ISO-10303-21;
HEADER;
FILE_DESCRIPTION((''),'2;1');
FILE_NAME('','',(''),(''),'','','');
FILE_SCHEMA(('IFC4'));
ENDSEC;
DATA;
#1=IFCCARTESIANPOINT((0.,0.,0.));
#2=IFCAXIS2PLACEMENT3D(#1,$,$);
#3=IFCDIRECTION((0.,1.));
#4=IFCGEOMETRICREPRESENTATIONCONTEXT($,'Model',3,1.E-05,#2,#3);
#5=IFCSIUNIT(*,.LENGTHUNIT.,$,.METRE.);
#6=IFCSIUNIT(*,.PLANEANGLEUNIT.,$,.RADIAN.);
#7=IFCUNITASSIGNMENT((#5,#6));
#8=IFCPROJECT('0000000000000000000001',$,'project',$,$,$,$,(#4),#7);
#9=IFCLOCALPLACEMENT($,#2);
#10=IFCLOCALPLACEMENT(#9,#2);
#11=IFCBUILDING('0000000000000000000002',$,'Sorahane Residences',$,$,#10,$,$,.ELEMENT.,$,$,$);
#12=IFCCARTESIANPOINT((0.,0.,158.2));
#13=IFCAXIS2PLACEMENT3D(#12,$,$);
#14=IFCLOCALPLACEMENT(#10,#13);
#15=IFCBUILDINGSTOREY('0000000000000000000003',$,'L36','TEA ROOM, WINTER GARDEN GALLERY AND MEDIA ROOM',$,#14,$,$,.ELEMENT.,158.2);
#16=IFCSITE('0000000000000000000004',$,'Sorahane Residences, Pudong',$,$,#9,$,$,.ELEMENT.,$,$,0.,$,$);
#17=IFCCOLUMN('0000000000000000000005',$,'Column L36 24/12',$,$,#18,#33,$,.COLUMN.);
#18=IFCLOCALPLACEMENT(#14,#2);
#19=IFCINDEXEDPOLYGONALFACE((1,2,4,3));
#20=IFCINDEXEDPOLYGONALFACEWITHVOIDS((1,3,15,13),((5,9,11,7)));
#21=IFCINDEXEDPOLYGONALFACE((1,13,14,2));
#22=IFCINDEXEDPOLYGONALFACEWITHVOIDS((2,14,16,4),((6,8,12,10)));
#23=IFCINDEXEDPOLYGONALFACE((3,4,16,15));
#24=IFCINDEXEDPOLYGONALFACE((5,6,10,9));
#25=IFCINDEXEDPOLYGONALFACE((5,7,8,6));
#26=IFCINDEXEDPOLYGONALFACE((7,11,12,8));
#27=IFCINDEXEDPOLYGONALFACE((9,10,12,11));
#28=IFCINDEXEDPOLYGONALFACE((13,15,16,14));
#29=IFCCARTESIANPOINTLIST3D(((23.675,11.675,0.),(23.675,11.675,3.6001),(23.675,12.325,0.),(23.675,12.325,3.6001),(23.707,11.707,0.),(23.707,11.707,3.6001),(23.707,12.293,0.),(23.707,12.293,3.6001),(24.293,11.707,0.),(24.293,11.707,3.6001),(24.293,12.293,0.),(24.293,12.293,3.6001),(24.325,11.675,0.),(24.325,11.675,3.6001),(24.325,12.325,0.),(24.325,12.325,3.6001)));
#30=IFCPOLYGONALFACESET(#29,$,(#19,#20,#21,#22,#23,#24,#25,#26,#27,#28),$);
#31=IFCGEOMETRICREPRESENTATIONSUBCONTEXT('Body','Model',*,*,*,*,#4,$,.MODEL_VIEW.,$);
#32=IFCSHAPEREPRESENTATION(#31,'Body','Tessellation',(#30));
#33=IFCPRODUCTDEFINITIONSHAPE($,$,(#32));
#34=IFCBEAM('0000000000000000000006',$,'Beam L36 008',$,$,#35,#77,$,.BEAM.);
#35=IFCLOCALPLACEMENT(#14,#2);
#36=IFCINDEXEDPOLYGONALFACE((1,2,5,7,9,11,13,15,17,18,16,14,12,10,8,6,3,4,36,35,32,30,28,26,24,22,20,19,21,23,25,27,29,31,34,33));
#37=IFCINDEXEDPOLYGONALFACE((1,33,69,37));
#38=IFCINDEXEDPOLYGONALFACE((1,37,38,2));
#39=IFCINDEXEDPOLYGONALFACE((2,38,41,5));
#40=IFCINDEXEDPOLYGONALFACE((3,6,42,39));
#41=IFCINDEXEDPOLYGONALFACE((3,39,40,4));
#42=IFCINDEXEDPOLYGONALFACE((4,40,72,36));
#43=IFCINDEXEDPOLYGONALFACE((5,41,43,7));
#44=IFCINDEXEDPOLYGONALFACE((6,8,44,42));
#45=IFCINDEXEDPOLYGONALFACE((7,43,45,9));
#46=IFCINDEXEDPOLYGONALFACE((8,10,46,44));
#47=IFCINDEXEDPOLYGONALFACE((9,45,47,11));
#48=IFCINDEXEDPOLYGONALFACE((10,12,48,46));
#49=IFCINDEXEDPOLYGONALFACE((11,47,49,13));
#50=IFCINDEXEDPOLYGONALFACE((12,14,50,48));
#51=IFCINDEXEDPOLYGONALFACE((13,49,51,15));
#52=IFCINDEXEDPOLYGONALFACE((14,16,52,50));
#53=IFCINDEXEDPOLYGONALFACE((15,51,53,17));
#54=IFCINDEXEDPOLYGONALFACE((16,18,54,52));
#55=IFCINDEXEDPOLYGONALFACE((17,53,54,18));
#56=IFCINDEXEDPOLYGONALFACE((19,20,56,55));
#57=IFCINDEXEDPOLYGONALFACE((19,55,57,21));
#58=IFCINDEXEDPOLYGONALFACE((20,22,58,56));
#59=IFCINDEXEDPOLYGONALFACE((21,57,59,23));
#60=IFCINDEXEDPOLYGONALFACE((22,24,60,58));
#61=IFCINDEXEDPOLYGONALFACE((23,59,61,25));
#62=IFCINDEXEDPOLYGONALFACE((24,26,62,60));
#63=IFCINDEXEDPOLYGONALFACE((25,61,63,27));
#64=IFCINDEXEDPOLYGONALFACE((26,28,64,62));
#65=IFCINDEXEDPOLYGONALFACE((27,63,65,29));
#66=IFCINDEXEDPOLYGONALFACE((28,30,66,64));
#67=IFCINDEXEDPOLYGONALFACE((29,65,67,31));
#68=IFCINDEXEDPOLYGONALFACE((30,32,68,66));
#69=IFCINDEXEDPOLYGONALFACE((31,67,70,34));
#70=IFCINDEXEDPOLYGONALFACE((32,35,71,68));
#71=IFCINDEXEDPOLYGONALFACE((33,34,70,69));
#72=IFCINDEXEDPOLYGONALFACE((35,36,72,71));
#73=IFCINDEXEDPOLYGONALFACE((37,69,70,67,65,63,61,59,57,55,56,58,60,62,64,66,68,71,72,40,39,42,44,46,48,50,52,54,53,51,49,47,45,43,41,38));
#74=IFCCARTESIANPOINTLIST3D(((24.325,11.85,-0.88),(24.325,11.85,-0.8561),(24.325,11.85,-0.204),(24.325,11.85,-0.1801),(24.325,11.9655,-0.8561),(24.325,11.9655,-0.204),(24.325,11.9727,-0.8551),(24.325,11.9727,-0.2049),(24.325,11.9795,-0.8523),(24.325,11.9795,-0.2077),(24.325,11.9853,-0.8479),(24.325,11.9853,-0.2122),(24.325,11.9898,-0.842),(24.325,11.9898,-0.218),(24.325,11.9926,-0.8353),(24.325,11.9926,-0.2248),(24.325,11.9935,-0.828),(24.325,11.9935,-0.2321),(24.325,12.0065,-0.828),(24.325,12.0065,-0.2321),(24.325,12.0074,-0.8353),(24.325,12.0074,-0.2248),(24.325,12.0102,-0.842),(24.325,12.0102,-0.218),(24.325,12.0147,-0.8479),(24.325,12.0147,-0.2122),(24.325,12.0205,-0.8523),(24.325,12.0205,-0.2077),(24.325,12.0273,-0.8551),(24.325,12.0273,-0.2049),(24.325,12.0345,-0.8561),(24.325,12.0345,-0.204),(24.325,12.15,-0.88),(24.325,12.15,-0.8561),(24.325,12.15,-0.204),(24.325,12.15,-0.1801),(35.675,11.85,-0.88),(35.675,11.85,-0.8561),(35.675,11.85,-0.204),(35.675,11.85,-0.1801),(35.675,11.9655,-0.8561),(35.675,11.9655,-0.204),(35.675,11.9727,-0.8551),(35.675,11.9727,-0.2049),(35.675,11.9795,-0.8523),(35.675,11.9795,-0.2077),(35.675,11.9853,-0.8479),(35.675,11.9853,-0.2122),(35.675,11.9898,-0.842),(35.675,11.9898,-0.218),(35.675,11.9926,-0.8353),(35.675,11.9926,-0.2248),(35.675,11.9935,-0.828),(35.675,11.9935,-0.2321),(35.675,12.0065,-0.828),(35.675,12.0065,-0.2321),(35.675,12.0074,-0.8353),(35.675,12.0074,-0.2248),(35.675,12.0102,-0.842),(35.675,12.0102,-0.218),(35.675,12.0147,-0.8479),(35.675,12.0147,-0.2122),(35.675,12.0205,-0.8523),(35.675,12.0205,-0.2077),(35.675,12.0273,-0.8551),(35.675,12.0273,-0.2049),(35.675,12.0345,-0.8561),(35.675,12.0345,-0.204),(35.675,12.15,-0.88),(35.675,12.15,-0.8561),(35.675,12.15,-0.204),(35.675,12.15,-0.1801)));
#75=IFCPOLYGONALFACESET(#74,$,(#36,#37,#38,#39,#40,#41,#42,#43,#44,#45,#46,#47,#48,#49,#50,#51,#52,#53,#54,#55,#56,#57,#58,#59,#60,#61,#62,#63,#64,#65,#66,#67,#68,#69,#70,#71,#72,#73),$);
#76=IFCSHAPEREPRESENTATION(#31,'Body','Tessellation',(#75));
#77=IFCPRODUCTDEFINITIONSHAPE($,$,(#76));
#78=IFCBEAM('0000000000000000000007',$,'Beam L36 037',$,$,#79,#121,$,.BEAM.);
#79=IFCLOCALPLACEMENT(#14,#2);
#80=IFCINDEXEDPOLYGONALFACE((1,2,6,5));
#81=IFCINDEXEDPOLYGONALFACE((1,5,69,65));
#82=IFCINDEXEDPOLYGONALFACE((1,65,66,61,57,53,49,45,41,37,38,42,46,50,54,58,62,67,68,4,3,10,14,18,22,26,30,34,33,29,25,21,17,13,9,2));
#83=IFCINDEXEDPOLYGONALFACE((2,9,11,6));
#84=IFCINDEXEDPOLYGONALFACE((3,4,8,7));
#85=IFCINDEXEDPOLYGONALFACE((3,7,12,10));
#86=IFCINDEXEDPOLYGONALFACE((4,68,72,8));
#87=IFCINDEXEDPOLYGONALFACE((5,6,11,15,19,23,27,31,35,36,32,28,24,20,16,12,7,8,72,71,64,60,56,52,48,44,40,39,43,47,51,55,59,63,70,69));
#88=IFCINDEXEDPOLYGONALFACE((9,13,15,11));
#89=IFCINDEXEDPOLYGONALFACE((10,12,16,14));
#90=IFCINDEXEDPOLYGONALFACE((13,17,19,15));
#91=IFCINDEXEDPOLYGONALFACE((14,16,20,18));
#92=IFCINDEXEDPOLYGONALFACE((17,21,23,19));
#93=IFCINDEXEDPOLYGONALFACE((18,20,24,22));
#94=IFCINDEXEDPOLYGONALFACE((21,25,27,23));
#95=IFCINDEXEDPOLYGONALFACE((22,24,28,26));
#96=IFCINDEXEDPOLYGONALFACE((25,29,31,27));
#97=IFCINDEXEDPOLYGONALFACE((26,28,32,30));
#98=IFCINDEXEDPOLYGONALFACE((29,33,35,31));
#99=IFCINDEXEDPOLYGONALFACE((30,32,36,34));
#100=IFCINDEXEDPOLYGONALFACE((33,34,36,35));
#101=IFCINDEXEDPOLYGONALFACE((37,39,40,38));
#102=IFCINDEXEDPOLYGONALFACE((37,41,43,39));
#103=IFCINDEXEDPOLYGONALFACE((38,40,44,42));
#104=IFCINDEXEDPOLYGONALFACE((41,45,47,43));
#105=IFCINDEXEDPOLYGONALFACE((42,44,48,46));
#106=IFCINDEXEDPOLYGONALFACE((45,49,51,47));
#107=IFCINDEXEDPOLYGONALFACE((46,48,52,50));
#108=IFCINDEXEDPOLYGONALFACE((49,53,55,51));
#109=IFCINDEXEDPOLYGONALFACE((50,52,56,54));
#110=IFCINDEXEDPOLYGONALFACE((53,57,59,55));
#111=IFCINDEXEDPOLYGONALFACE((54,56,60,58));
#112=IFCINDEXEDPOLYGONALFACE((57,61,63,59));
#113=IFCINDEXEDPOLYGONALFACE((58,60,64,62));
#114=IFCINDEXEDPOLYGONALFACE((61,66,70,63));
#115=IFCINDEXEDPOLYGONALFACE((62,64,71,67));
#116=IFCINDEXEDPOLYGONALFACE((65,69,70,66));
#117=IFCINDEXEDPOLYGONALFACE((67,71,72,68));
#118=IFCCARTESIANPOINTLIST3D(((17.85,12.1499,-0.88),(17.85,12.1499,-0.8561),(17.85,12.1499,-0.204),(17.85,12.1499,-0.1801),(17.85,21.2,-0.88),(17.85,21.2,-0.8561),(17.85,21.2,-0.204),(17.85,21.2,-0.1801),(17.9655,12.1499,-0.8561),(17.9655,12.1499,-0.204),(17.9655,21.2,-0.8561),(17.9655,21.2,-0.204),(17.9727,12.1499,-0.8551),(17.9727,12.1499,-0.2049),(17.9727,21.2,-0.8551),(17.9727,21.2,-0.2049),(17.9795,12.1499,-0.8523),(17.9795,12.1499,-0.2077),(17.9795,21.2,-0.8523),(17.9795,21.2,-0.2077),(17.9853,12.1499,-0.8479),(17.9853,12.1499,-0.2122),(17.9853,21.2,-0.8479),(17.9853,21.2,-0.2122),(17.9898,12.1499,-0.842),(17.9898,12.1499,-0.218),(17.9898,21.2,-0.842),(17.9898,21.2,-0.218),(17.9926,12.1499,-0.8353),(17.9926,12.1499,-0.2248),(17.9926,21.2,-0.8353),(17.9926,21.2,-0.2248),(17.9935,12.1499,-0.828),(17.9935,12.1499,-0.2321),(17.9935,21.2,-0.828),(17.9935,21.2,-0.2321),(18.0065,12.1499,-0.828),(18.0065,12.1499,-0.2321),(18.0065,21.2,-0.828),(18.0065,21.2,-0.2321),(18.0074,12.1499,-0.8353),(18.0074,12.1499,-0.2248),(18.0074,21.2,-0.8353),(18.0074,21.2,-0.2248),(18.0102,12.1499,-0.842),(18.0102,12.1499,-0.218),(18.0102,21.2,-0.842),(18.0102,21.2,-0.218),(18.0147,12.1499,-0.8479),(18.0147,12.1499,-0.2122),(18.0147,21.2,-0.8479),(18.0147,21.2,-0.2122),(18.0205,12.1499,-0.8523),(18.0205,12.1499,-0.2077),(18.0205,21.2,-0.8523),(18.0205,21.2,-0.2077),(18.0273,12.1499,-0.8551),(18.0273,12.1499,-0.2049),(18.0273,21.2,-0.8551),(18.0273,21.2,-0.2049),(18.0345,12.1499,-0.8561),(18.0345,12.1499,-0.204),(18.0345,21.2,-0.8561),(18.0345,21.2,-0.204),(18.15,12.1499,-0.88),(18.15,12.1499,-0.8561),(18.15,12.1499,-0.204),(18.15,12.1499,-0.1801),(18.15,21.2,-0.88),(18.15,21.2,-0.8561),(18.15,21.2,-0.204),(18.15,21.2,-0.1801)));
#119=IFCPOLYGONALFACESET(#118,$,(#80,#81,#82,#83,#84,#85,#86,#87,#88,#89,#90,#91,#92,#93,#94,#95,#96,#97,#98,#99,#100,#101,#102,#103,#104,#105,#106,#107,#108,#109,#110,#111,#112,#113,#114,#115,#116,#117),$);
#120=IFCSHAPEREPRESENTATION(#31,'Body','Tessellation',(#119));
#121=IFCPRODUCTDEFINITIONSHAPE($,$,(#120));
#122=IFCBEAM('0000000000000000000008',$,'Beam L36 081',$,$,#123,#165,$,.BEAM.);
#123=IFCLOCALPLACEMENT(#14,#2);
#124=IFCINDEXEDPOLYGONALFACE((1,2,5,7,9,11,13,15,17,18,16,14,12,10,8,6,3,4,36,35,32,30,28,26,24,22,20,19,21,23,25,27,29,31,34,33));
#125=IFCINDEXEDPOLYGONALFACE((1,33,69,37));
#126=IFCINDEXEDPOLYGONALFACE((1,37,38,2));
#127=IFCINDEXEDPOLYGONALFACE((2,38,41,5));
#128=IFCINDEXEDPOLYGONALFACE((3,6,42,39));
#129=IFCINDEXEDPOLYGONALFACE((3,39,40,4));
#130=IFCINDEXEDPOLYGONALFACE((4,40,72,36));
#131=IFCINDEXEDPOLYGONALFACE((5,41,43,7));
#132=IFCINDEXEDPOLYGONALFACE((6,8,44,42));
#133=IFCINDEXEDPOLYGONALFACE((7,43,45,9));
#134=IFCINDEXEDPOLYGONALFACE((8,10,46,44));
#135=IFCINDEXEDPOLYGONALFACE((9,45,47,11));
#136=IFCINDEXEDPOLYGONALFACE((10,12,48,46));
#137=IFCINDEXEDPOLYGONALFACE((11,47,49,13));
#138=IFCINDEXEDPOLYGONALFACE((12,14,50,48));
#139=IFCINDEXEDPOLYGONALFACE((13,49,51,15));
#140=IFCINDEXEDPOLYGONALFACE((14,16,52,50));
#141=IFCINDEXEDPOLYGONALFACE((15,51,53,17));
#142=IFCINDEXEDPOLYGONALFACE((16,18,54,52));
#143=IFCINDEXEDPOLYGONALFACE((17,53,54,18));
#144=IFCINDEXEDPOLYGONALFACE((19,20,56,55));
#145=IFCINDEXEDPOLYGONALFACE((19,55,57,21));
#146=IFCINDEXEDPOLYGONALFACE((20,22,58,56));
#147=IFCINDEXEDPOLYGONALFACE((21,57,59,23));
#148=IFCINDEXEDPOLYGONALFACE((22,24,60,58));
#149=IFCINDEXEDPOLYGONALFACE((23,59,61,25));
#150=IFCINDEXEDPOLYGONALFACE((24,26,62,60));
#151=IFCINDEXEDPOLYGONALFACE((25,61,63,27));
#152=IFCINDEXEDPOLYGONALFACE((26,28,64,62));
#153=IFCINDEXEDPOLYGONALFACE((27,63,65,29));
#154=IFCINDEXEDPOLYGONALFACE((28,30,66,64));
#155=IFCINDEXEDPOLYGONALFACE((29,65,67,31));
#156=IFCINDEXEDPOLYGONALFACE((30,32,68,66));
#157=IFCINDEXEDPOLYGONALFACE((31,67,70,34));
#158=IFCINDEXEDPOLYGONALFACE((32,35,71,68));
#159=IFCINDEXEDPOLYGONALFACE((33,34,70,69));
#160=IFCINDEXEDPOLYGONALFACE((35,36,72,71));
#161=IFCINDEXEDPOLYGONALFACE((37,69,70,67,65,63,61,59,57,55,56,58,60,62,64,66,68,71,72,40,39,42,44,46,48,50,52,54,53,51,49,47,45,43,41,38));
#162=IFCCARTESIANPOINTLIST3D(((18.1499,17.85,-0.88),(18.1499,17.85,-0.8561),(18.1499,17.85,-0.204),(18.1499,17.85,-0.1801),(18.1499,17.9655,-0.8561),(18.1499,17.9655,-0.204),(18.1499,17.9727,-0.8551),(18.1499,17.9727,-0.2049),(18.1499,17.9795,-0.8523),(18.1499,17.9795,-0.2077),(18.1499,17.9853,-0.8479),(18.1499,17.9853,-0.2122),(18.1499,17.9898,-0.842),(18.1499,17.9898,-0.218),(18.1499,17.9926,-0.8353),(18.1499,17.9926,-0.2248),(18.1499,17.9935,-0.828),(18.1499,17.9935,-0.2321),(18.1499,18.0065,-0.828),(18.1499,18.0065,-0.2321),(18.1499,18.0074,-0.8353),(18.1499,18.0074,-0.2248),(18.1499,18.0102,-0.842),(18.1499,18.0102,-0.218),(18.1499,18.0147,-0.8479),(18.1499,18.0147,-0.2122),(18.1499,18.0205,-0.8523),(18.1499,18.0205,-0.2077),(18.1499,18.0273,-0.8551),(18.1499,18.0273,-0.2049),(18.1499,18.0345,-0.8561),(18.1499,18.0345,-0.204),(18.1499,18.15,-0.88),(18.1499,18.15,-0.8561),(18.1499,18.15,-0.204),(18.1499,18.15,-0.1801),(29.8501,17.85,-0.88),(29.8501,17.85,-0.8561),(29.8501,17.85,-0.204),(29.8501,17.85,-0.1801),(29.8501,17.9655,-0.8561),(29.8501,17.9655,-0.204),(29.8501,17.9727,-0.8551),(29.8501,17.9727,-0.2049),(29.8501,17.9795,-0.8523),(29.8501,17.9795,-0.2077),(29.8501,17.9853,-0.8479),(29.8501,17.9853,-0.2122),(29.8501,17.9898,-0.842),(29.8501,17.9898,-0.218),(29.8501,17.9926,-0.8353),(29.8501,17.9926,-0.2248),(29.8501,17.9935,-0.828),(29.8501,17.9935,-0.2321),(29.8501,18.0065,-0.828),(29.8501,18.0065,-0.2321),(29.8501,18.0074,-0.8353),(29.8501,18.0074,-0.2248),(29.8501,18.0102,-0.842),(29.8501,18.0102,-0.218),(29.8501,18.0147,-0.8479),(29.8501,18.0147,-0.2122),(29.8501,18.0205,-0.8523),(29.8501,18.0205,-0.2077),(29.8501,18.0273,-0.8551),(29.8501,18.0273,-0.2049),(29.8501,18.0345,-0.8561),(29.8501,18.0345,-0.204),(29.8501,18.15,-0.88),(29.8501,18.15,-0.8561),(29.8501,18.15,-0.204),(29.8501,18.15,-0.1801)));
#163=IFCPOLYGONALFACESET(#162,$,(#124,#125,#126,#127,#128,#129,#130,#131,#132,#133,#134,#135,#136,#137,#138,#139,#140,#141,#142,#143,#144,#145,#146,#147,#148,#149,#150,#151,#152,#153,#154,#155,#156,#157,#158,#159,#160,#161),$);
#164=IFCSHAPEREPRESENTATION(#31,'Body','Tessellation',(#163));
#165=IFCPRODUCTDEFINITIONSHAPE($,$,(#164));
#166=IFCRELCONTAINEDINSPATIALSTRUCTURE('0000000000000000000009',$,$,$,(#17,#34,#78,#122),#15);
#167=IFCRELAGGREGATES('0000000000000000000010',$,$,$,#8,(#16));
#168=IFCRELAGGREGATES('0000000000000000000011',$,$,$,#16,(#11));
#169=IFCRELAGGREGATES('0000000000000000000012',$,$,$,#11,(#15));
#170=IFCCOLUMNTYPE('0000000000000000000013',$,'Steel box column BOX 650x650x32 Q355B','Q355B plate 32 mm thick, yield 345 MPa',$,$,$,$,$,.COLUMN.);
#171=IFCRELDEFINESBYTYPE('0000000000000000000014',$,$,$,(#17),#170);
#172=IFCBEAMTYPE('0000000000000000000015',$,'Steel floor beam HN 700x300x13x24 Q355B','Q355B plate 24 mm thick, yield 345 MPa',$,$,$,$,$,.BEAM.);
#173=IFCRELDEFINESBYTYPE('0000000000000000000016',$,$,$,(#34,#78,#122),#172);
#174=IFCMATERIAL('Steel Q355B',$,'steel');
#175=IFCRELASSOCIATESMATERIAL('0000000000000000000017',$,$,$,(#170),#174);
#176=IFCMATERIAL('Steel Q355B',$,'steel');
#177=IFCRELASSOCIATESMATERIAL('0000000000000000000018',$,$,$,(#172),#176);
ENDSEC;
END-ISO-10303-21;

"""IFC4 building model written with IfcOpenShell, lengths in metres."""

from ifc_helpers import new_model, si_unit, direction, frame, origin, origin_2d, place, context, subcontext, project, spatial, hollow_rectangle, i_section, extrude, material, material_profile, profile_set, type_object, element, save


model = new_model("IFC4")

# Units and contexts
model_context = context("Model", 3, precision=1e-05, world=origin(), true_north=direction((0.0, 1.0)))
body_context = subcontext(model_context, "Body", "Model", "MODEL_VIEW")
ifc_project = project(units=[si_unit("LENGTHUNIT", "METRE"), si_unit("PLANEANGLEUNIT", "RADIAN")], contexts=[model_context])

# Site, building, storey
site_placement = place(None, origin())
site = spatial("IfcSite", under=ifc_project, at=site_placement, Name="Sorahane Residences, Pudong", CompositionType="ELEMENT", RefElevation=0.0)
building_placement = place(site_placement, origin())
building = spatial("IfcBuilding", under=site, at=building_placement, Name="Sorahane Residences", CompositionType="ELEMENT")
storey_placement = place(building_placement, frame((0.0, 0.0, 158.2)))
storey = spatial("IfcBuildingStorey", under=building, at=storey_placement, Name="L36", Description="TEA ROOM, WINTER GARDEN GALLERY AND MEDIA ROOM", CompositionType="ELEMENT", Elevation=158.2)

# Column
ifc_material_1 = material(Name="Steel Q355B", Category="steel")
ifc_material_profile_1 = material_profile(ifc_material_1, hollow_rectangle(XDim=0.6499, YDim=0.6499, WallThickness=0.032, at=origin_2d()), Name="BOX 650x650x32")
ifc_profile_set_1 = profile_set([ifc_material_profile_1], Name="Steel Q355B")
column_type = type_object("IfcColumnType", Name="Steel box column BOX 650x650x32 Q355B", Description="Q355B plate 32 mm thick, yield 345 MPa", PredefinedType="COLUMN", material=ifc_profile_set_1)
column_placement = place(storey_placement, frame((24.0, 12.0, 0.0), z_axis=(0.0, 0.0, 1.0), x_axis=(1.0, 0.0, 0.0)))
element("IfcColumn", 1, at=column_placement, inside=storey, type_object=column_type, Name="Column L36 24/12", PredefinedType="COLUMN", context=body_context, shape_type="SweptSolid", body=[
    extrude(hollow_rectangle(XDim=0.6499, YDim=0.6499, WallThickness=0.032, at=origin_2d()), origin(), (0.0, 0.0, 1.0), 3.6001),
])

# Beams
ifc_material_2 = material(Name="Steel Q355B", Category="steel")
ifc_material_profile_2 = material_profile(ifc_material_2, i_section(OverallWidth=0.3, OverallDepth=0.7, WebThickness=0.0129, FlangeThickness=0.0239, FilletRadius=0.0281, at=origin_2d()), Name="HN 700x300x13x24")
ifc_profile_set_2 = profile_set([ifc_material_profile_2], Name="Steel Q355B")
beam_type = type_object("IfcBeamType", Name="Steel floor beam HN 700x300x13x24 Q355B", Description="Q355B plate 24 mm thick, yield 345 MPa", PredefinedType="BEAM", material=ifc_profile_set_2)
beam_1_placement = place(storey_placement, frame((24.325, 12.0, -0.53), z_axis=(1.0, 0.0, 0.0), x_axis=(0.0, 1.0, 0.0)))
element("IfcBeam", 2, at=beam_1_placement, inside=storey, type_object=beam_type, Name="Beam L36 008", PredefinedType="BEAM", context=body_context, shape_type="SweptSolid", body=[
    extrude(i_section(OverallWidth=0.3, OverallDepth=0.7, WebThickness=0.0129, FlangeThickness=0.0239, FilletRadius=0.0281, at=origin_2d()), origin(), (0.0, 0.0, 1.0), 11.3501),
])
beam_2_placement = place(storey_placement, frame((18.0, 12.1499, -0.53), z_axis=(0.0, 1.0, 0.0), x_axis=(-1.0, 0.0, 0.0)))
element("IfcBeam", 3, at=beam_2_placement, inside=storey, type_object=beam_type, Name="Beam L36 037", PredefinedType="BEAM", context=body_context, shape_type="SweptSolid", body=[
    extrude(i_section(OverallWidth=0.3, OverallDepth=0.7, WebThickness=0.0129, FlangeThickness=0.0239, FilletRadius=0.0281, at=origin_2d()), origin(), (0.0, 0.0, 1.0), 9.05),
])
beam_3_placement = place(storey_placement, frame((18.1499, 18.0, -0.53), z_axis=(1.0, 0.0, 0.0), x_axis=(0.0, 1.0, 0.0)))
element("IfcBeam", 4, at=beam_3_placement, inside=storey, type_object=beam_type, Name="Beam L36 081", PredefinedType="BEAM", context=body_context, shape_type="SweptSolid", body=[
    extrude(i_section(OverallWidth=0.3, OverallDepth=0.7, WebThickness=0.0129, FlangeThickness=0.0239, FilletRadius=0.0281, at=origin_2d()), origin(), (0.0, 0.0, 1.0), 11.7002),
])

save(model, "model.ifc")
